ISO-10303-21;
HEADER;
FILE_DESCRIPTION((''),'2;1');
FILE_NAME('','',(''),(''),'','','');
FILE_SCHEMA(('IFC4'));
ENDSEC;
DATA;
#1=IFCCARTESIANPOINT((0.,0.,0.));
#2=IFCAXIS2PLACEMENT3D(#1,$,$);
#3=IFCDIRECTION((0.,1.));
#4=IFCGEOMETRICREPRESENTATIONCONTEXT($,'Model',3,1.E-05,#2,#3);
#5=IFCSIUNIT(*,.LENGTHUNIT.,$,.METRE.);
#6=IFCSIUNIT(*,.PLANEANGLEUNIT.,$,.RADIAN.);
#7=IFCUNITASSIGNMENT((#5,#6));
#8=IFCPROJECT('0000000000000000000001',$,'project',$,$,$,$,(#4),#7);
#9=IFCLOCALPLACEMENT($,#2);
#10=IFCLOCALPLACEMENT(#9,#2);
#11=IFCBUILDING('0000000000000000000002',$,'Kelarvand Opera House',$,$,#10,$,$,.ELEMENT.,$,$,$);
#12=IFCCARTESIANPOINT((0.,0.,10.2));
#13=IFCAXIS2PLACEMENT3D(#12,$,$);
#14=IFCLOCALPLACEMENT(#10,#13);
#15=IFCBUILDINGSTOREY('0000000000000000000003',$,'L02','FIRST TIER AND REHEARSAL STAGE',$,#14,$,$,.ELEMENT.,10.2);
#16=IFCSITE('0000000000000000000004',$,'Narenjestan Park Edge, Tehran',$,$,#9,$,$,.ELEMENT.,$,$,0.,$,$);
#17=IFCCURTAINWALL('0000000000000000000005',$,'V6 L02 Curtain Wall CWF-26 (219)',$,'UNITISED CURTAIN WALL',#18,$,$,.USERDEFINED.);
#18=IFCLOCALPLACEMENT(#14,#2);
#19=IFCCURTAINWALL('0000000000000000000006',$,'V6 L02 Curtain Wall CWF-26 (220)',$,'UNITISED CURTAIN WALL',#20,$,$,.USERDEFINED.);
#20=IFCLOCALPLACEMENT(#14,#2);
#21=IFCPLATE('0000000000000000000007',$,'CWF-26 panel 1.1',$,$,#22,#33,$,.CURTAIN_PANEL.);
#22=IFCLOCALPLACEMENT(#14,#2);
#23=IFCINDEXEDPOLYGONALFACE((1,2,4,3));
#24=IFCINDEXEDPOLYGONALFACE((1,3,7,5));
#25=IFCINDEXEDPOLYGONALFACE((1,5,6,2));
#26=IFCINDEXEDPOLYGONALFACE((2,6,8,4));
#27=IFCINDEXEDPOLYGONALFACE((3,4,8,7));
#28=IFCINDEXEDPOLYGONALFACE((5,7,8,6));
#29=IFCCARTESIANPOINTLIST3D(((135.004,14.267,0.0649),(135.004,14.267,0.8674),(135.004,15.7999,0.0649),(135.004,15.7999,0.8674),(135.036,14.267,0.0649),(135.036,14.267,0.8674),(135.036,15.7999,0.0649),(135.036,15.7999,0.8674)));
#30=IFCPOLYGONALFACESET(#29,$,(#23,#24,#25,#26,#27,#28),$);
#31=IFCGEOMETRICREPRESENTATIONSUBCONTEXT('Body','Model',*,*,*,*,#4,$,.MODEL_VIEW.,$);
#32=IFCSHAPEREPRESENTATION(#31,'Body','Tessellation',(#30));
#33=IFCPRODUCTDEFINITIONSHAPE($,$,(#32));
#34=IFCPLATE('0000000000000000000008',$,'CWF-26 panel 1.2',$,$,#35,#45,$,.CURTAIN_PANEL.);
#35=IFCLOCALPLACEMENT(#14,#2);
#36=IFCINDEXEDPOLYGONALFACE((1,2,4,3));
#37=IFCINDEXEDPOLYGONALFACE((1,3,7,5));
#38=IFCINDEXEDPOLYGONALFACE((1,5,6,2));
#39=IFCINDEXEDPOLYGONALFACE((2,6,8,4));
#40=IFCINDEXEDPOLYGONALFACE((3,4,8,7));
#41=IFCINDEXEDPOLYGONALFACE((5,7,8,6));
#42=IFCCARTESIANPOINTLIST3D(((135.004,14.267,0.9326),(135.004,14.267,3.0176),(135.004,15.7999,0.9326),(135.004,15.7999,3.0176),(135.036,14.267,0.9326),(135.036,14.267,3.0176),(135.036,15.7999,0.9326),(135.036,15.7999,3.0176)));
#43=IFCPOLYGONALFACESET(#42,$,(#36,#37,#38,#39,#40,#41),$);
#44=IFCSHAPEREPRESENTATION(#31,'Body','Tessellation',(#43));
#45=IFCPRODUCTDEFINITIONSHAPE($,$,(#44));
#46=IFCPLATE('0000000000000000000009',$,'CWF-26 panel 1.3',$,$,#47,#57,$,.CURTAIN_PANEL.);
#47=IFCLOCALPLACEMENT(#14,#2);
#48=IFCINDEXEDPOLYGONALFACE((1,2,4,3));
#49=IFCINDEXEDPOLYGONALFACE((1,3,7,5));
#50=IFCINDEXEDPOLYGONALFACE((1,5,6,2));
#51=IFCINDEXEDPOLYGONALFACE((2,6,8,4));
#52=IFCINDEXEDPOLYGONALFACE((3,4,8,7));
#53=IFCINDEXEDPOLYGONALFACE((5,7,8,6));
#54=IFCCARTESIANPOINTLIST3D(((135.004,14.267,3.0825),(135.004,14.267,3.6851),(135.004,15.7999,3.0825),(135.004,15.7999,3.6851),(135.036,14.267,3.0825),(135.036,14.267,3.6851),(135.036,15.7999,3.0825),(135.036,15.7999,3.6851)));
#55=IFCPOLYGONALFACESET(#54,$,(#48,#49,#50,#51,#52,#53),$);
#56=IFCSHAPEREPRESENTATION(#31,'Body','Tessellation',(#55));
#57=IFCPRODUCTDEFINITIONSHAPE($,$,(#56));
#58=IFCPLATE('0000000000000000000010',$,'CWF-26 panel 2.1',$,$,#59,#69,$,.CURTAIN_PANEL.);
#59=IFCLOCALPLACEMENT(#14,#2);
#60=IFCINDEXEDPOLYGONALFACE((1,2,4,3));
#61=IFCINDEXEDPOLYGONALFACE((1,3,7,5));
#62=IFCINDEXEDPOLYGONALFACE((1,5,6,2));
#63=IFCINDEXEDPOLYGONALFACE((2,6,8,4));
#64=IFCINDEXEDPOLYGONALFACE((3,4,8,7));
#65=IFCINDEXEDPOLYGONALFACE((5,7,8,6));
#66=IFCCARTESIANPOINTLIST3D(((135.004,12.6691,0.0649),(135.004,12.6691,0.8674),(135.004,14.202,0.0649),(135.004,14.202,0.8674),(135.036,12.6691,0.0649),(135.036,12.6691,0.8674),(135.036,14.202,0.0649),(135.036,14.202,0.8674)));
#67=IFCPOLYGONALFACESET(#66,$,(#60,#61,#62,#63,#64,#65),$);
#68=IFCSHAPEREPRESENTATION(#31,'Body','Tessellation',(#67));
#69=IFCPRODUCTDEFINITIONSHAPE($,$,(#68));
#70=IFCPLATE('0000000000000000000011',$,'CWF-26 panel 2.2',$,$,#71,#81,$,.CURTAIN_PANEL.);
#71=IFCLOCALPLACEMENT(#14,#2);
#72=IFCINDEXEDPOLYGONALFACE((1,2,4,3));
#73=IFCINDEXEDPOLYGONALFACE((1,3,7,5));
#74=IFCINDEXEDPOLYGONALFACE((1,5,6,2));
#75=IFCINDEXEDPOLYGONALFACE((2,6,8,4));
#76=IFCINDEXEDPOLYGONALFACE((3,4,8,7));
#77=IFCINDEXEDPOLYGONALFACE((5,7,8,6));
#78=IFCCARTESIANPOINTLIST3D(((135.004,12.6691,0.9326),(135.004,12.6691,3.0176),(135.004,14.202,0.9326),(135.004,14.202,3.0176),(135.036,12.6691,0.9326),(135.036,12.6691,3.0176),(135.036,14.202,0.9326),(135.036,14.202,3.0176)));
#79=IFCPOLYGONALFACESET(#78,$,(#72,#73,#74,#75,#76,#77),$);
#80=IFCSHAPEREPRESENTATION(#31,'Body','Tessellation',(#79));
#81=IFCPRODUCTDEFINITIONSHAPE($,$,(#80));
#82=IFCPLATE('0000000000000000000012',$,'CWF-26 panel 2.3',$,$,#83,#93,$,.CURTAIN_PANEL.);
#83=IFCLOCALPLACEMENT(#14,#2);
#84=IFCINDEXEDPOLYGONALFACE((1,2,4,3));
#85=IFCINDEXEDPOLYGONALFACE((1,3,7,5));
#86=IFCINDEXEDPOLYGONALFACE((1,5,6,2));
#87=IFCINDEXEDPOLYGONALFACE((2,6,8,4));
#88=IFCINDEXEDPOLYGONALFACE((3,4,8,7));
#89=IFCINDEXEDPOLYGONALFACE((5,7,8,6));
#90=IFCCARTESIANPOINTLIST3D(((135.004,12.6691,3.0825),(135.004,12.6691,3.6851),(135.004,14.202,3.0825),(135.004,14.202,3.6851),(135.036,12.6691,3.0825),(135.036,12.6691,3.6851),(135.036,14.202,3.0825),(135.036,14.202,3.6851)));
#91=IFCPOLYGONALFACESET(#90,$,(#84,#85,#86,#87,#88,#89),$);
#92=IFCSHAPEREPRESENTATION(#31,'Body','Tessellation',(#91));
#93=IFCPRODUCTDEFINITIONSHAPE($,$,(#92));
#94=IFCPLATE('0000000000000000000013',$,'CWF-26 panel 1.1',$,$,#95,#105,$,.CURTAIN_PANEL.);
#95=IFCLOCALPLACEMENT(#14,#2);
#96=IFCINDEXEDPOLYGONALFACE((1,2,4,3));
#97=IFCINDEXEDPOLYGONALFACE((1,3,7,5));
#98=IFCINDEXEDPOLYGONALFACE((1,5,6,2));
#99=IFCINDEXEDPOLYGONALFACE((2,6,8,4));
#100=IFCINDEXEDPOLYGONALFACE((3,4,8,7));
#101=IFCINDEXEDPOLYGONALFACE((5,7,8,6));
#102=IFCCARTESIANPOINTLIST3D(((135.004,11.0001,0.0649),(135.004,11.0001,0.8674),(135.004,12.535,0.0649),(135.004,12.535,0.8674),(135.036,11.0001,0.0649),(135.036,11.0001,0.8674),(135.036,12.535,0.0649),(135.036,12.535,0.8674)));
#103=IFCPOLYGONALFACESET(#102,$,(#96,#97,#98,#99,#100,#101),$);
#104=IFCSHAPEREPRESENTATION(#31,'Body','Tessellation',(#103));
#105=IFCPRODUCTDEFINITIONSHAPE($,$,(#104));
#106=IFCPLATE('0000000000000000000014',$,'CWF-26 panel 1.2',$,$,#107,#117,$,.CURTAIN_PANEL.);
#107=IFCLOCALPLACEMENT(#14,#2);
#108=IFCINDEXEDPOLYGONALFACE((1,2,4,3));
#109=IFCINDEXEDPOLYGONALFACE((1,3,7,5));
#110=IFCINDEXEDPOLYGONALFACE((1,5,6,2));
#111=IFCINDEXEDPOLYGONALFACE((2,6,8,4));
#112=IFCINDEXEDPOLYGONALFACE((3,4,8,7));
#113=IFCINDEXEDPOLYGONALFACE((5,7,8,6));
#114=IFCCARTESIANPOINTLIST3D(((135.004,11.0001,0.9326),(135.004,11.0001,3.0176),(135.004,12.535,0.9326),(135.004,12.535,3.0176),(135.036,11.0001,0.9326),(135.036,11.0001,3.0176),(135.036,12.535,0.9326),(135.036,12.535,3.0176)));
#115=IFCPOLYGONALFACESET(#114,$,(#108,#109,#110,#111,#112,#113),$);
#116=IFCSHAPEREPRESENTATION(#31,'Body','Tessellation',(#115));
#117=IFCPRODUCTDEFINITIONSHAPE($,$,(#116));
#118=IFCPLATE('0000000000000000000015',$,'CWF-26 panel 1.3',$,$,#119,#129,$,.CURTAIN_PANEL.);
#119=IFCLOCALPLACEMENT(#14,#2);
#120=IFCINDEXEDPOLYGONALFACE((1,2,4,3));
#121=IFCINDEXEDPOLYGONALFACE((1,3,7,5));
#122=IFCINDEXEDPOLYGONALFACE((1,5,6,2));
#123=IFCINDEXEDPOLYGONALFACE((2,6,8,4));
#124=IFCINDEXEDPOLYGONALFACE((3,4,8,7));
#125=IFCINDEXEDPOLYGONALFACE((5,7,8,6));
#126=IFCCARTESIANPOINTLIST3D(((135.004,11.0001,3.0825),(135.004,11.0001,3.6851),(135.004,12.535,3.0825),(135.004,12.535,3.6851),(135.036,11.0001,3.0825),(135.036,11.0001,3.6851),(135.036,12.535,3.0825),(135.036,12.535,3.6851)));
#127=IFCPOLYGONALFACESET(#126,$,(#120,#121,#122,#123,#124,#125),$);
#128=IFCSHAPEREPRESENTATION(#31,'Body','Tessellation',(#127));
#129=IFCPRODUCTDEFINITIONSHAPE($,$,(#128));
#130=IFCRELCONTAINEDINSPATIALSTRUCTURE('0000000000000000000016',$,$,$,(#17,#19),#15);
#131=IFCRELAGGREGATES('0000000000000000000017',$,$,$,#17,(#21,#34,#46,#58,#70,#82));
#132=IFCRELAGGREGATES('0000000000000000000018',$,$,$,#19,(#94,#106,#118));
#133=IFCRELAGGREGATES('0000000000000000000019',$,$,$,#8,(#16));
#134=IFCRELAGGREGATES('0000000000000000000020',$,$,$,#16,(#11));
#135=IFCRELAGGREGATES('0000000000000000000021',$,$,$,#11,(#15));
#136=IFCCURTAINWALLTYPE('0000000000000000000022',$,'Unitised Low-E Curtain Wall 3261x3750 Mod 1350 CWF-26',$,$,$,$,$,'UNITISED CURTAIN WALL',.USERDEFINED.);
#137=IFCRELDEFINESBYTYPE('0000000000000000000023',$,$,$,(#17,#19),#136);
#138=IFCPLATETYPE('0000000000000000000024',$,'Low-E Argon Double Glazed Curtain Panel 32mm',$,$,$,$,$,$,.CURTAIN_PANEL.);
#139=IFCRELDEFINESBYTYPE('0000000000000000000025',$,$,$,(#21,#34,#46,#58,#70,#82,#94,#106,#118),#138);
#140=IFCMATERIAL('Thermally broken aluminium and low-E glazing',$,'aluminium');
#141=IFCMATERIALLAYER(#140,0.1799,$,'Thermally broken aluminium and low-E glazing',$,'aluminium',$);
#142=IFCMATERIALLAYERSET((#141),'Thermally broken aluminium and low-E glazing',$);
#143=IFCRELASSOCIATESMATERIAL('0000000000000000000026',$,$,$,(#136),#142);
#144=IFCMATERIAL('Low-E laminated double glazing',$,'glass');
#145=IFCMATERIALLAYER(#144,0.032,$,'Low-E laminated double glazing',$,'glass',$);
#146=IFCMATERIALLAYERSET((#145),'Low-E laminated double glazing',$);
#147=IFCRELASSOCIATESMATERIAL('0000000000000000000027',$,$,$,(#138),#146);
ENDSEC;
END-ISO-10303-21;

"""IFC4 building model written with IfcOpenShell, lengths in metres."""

from ifc_helpers import new_model, si_unit, direction, frame, origin, origin_2d, place, context, subcontext, project, spatial, rectangle, extrude, material, layer, layer_set, type_object, element, aggregate, save


model = new_model("IFC4")

# Units and contexts
model_context = context("Model", 3, precision=1e-05, world=origin(), true_north=direction((0.0, 1.0)))
body_context = subcontext(model_context, "Body", "Model", "MODEL_VIEW")
ifc_project = project(units=[si_unit("LENGTHUNIT", "METRE"), si_unit("PLANEANGLEUNIT", "RADIAN")], contexts=[model_context])

# Site, building, storey
site_placement = place(None, origin())
site = spatial("IfcSite", under=ifc_project, at=site_placement, Name="Narenjestan Park Edge, Tehran", CompositionType="ELEMENT", RefElevation=0.0)
building_placement = place(site_placement, origin())
building = spatial("IfcBuilding", under=site, at=building_placement, Name="Kelarvand Opera House", CompositionType="ELEMENT")
storey_placement = place(building_placement, frame((0.0, 0.0, 10.2)))
storey = spatial("IfcBuildingStorey", under=building, at=storey_placement, Name="L02", Description="FIRST TIER AND REHEARSAL STAGE", CompositionType="ELEMENT", Elevation=10.2)

# Curtain wall
ifc_material_1 = material(Name="Thermally broken aluminium and low-E glazing", Category="aluminium")
ifc_layer_1 = layer(ifc_material_1, 0.1799, Name="Thermally broken aluminium and low-E glazing", Category="aluminium")
ifc_layer_set_1 = layer_set([ifc_layer_1], Name="Thermally broken aluminium and low-E glazing")
curtain_wall_type = type_object("IfcCurtainWallType", Name="Unitised Low-E Curtain Wall 3261x3750 Mod 1350 CWF-26", ElementType="UNITISED CURTAIN WALL", PredefinedType="USERDEFINED", material=ifc_layer_set_1)
curtain_wall_1_placement = place(storey_placement, origin())
curtain_wall_1 = element("IfcCurtainWall", 1, at=curtain_wall_1_placement, inside=storey, type_object=curtain_wall_type, Name="V6 L02 Curtain Wall CWF-26 (219)", ObjectType="UNITISED CURTAIN WALL", PredefinedType="USERDEFINED")

# Curtain wall
curtain_wall_2_placement = place(storey_placement, origin())
curtain_wall_2 = element("IfcCurtainWall", 2, at=curtain_wall_2_placement, inside=storey, type_object=curtain_wall_type, Name="V6 L02 Curtain Wall CWF-26 (220)", ObjectType="UNITISED CURTAIN WALL", PredefinedType="USERDEFINED")

# Plates
ifc_material_2 = material(Name="Low-E laminated double glazing", Category="glass")
ifc_layer_2 = layer(ifc_material_2, 0.032, Name="Low-E laminated double glazing", Category="glass")
ifc_layer_set_2 = layer_set([ifc_layer_2], Name="Low-E laminated double glazing")
plate_type = type_object("IfcPlateType", Name="Low-E Argon Double Glazed Curtain Panel 32mm", PredefinedType="CURTAIN_PANEL", material=ifc_layer_set_2)
plate_1_placement = place(storey_placement, frame((135.02, 15.0334, 0.0649), z_axis=(0.0, 0.0, 1.0), x_axis=(0.0, -1.0, 0.0)))
plate_1 = element("IfcPlate", 3, at=plate_1_placement, type_object=plate_type, Name="CWF-26 panel 1.1", PredefinedType="CURTAIN_PANEL", context=body_context, shape_type="SweptSolid", body=[
    extrude(rectangle(XDim=1.533, YDim=0.032, at=origin_2d()), origin(), (0.0, 0.0, 1.0), 0.8025),
])
plate_2_placement = place(storey_placement, frame((135.02, 15.0334, 0.9326), z_axis=(0.0, 0.0, 1.0), x_axis=(0.0, -1.0, 0.0)))
plate_2 = element("IfcPlate", 4, at=plate_2_placement, type_object=plate_type, Name="CWF-26 panel 1.2", PredefinedType="CURTAIN_PANEL", context=body_context, shape_type="SweptSolid", body=[
    extrude(rectangle(XDim=1.533, YDim=0.032, at=origin_2d()), origin(), (0.0, 0.0, 1.0), 2.085),
])
plate_3_placement = place(storey_placement, frame((135.02, 15.0334, 3.0825), z_axis=(0.0, 0.0, 1.0), x_axis=(0.0, -1.0, 0.0)))
plate_3 = element("IfcPlate", 5, at=plate_3_placement, type_object=plate_type, Name="CWF-26 panel 1.3", PredefinedType="CURTAIN_PANEL", context=body_context, shape_type="SweptSolid", body=[
    extrude(rectangle(XDim=1.533, YDim=0.032, at=origin_2d()), origin(), (0.0, 0.0, 1.0), 0.6025),
])
plate_4_placement = place(storey_placement, frame((135.02, 13.4355, 0.0649), z_axis=(0.0, 0.0, 1.0), x_axis=(0.0, -1.0, 0.0)))
plate_4 = element("IfcPlate", 6, at=plate_4_placement, type_object=plate_type, Name="CWF-26 panel 2.1", PredefinedType="CURTAIN_PANEL", context=body_context, shape_type="SweptSolid", body=[
    extrude(rectangle(XDim=1.533, YDim=0.032, at=origin_2d()), origin(), (0.0, 0.0, 1.0), 0.8025),
])
plate_5_placement = place(storey_placement, frame((135.02, 13.4355, 0.9326), z_axis=(0.0, 0.0, 1.0), x_axis=(0.0, -1.0, 0.0)))
plate_5 = element("IfcPlate", 7, at=plate_5_placement, type_object=plate_type, Name="CWF-26 panel 2.2", PredefinedType="CURTAIN_PANEL", context=body_context, shape_type="SweptSolid", body=[
    extrude(rectangle(XDim=1.533, YDim=0.032, at=origin_2d()), origin(), (0.0, 0.0, 1.0), 2.085),
])
plate_6_placement = place(storey_placement, frame((135.02, 13.4355, 3.0825), z_axis=(0.0, 0.0, 1.0), x_axis=(0.0, -1.0, 0.0)))
plate_6 = element("IfcPlate", 8, at=plate_6_placement, type_object=plate_type, Name="CWF-26 panel 2.3", PredefinedType="CURTAIN_PANEL", context=body_context, shape_type="SweptSolid", body=[
    extrude(rectangle(XDim=1.533, YDim=0.032, at=origin_2d()), origin(), (0.0, 0.0, 1.0), 0.6025),
])
aggregate(curtain_wall_1, [plate_1, plate_2, plate_3, plate_4, plate_5, plate_6])
plate_7_placement = place(storey_placement, frame((135.02, 11.7676, 0.0649), z_axis=(0.0, 0.0, 1.0), x_axis=(0.0, -1.0, 0.0)))
plate_7 = element("IfcPlate", 9, at=plate_7_placement, type_object=plate_type, Name="CWF-26 panel 1.1", PredefinedType="CURTAIN_PANEL", context=body_context, shape_type="SweptSolid", body=[
    extrude(rectangle(XDim=1.5349, YDim=0.032, at=origin_2d()), origin(), (0.0, 0.0, 1.0), 0.8025),
])
plate_8_placement = place(storey_placement, frame((135.02, 11.7676, 0.9326), z_axis=(0.0, 0.0, 1.0), x_axis=(0.0, -1.0, 0.0)))
plate_8 = element("IfcPlate", 10, at=plate_8_placement, type_object=plate_type, Name="CWF-26 panel 1.2", PredefinedType="CURTAIN_PANEL", context=body_context, shape_type="SweptSolid", body=[
    extrude(rectangle(XDim=1.5349, YDim=0.032, at=origin_2d()), origin(), (0.0, 0.0, 1.0), 2.085),
])
plate_9_placement = place(storey_placement, frame((135.02, 11.7676, 3.0825), z_axis=(0.0, 0.0, 1.0), x_axis=(0.0, -1.0, 0.0)))
plate_9 = element("IfcPlate", 11, at=plate_9_placement, type_object=plate_type, Name="CWF-26 panel 1.3", PredefinedType="CURTAIN_PANEL", context=body_context, shape_type="SweptSolid", body=[
    extrude(rectangle(XDim=1.5349, YDim=0.032, at=origin_2d()), origin(), (0.0, 0.0, 1.0), 0.6025),
])
aggregate(curtain_wall_2, [plate_7, plate_8, plate_9])

save(model, "model.ifc")
